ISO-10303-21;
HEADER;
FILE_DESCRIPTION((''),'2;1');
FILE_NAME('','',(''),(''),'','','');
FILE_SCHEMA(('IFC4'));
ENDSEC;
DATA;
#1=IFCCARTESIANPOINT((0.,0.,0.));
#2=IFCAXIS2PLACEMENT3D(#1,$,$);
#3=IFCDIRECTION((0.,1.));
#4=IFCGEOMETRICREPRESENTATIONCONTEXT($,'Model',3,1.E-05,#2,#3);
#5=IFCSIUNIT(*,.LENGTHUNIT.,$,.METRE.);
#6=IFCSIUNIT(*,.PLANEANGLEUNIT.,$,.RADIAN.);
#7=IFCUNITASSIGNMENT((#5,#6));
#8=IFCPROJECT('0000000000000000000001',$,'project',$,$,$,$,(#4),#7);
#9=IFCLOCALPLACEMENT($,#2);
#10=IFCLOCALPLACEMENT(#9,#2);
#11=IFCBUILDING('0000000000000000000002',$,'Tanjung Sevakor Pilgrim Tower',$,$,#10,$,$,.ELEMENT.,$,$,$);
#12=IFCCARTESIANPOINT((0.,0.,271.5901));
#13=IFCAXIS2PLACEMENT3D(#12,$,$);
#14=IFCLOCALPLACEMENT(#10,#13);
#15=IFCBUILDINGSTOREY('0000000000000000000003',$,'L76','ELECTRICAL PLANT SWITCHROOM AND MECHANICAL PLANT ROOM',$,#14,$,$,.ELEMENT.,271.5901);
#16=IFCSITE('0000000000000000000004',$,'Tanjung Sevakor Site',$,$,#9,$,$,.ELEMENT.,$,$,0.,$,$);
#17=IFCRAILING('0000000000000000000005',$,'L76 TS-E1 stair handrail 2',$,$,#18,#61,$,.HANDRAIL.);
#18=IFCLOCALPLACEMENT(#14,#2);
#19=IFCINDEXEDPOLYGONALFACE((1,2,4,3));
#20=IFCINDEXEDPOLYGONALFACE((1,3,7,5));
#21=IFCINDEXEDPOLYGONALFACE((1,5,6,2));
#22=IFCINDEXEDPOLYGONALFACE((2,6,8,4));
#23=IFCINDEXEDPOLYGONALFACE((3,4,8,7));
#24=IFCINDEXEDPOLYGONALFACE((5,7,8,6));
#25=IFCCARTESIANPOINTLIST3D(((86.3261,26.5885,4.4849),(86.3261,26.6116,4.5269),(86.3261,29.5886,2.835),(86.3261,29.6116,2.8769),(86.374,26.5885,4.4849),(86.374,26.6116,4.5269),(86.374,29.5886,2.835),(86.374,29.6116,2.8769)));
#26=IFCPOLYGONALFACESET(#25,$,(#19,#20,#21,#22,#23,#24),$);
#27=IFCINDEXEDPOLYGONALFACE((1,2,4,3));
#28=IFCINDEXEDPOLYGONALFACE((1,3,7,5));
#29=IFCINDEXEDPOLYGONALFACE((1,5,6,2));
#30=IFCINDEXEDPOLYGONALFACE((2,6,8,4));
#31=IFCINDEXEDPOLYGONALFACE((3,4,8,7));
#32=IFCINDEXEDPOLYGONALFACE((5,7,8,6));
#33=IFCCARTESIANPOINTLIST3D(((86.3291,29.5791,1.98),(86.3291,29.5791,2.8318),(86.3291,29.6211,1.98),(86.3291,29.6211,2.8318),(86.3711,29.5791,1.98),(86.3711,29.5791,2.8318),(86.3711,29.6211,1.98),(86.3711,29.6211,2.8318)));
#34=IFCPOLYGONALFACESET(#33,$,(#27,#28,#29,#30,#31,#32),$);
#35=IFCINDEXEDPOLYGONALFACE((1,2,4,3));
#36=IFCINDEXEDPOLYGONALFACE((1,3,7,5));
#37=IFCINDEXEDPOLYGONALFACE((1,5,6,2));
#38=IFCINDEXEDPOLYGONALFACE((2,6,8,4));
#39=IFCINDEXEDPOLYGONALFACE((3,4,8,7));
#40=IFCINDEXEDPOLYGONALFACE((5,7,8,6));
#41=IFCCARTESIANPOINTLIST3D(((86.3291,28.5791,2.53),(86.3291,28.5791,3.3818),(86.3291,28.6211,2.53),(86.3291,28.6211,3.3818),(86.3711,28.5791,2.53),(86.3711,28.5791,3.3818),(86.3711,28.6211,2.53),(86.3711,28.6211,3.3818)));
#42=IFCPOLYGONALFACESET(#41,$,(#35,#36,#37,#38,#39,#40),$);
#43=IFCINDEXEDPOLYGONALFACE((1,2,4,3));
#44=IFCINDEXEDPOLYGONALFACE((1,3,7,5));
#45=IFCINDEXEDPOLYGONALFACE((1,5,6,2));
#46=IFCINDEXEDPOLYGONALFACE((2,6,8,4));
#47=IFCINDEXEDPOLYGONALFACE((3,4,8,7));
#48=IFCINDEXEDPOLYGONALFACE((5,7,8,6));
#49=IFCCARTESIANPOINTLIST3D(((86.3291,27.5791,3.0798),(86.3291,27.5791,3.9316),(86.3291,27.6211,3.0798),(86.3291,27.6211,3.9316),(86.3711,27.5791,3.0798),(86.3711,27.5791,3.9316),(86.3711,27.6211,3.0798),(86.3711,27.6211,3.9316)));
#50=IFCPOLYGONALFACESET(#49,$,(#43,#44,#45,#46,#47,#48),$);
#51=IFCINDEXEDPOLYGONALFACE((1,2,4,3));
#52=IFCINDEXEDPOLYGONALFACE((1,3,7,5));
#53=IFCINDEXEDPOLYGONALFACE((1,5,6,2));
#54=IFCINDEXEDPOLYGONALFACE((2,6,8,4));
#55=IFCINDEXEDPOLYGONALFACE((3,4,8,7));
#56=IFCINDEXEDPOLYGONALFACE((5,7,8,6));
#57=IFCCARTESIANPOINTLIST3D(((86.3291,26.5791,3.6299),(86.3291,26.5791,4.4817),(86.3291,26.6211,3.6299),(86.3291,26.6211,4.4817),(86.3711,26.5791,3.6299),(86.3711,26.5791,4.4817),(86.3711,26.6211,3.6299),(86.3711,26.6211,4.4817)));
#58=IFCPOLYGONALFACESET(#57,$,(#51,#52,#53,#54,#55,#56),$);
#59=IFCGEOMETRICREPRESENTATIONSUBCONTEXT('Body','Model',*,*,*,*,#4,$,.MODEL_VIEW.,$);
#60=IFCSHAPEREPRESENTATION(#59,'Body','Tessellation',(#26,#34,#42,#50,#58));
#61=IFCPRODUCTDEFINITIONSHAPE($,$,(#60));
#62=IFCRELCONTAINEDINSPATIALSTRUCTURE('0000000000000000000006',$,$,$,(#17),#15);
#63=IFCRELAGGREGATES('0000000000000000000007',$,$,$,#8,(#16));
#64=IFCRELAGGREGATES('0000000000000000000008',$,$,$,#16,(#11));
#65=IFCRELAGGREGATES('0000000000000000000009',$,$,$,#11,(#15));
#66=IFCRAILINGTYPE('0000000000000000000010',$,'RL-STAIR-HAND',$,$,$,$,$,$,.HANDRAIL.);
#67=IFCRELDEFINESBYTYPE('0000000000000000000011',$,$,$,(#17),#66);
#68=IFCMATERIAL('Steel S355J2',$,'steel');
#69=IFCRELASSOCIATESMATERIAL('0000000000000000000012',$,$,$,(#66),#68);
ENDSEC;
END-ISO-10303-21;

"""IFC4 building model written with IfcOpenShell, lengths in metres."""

from ifc_helpers import new_model, si_unit, direction, frame, origin, place, context, subcontext, project, spatial, rectangle, extrude, material, type_object, element, save


model = new_model("IFC4")

# Units and contexts
model_context = context("Model", 3, precision=1e-05, world=origin(), true_north=direction((0.0, 1.0)))
body_context = subcontext(model_context, "Body", "Model", "MODEL_VIEW")
ifc_project = project(units=[si_unit("LENGTHUNIT", "METRE"), si_unit("PLANEANGLEUNIT", "RADIAN")], contexts=[model_context])

# Site, building, storey
site_placement = place(None, origin())
site = spatial("IfcSite", under=ifc_project, at=site_placement, Name="Tanjung Sevakor Site", CompositionType="ELEMENT", RefElevation=0.0)
building_placement = place(site_placement, origin())
building = spatial("IfcBuilding", under=site, at=building_placement, Name="Tanjung Sevakor Pilgrim Tower", CompositionType="ELEMENT")
storey_placement = place(building_placement, frame((0.0, 0.0, 271.5901)))
storey = spatial("IfcBuildingStorey", under=building, at=storey_placement, Name="L76", Description="ELECTRICAL PLANT SWITCHROOM AND MECHANICAL PLANT ROOM", CompositionType="ELEMENT", Elevation=271.5901)

# Railing
ifc_material_1 = material(Name="Steel S355J2", Category="steel")
railing_type_1 = type_object("IfcRailingType", Name="RL-STAIR-HAND", PredefinedType="HANDRAIL", material=ifc_material_1)
railing_1_placement = place(storey_placement, frame((86.3501, 29.6001, 1.98)))
element("IfcRailing", 1, at=railing_1_placement, inside=storey, type_object=railing_type_1, Name="L76 TS-E1 stair handrail 2", PredefinedType="HANDRAIL", context=body_context, shape_type="SweptSolid", body=[
    extrude(rectangle(XDim=0.0479, YDim=0.0479), frame((0.0, 0.0, 0.876), z_axis=(0.0, -0.876228, 0.481897), x_axis=(1.0, 0.0, 0.0)), (0.0, 0.0, 1.0), 3.4238),
    extrude(rectangle(XDim=0.042, YDim=0.042), origin(), (0.0, 0.0, 1.0), 0.8518),
    extrude(rectangle(XDim=0.042, YDim=0.042), frame((0.0, -1.0, 0.55)), (0.0, 0.0, 1.0), 0.8518),
    extrude(rectangle(XDim=0.042, YDim=0.042), frame((0.0, -2.0, 1.0999)), (0.0, 0.0, 1.0), 0.8518),
    extrude(rectangle(XDim=0.042, YDim=0.042), frame((0.0, -3.0, 1.6499)), (0.0, 0.0, 1.0), 0.8518),
])

save(model, "model.ifc")
